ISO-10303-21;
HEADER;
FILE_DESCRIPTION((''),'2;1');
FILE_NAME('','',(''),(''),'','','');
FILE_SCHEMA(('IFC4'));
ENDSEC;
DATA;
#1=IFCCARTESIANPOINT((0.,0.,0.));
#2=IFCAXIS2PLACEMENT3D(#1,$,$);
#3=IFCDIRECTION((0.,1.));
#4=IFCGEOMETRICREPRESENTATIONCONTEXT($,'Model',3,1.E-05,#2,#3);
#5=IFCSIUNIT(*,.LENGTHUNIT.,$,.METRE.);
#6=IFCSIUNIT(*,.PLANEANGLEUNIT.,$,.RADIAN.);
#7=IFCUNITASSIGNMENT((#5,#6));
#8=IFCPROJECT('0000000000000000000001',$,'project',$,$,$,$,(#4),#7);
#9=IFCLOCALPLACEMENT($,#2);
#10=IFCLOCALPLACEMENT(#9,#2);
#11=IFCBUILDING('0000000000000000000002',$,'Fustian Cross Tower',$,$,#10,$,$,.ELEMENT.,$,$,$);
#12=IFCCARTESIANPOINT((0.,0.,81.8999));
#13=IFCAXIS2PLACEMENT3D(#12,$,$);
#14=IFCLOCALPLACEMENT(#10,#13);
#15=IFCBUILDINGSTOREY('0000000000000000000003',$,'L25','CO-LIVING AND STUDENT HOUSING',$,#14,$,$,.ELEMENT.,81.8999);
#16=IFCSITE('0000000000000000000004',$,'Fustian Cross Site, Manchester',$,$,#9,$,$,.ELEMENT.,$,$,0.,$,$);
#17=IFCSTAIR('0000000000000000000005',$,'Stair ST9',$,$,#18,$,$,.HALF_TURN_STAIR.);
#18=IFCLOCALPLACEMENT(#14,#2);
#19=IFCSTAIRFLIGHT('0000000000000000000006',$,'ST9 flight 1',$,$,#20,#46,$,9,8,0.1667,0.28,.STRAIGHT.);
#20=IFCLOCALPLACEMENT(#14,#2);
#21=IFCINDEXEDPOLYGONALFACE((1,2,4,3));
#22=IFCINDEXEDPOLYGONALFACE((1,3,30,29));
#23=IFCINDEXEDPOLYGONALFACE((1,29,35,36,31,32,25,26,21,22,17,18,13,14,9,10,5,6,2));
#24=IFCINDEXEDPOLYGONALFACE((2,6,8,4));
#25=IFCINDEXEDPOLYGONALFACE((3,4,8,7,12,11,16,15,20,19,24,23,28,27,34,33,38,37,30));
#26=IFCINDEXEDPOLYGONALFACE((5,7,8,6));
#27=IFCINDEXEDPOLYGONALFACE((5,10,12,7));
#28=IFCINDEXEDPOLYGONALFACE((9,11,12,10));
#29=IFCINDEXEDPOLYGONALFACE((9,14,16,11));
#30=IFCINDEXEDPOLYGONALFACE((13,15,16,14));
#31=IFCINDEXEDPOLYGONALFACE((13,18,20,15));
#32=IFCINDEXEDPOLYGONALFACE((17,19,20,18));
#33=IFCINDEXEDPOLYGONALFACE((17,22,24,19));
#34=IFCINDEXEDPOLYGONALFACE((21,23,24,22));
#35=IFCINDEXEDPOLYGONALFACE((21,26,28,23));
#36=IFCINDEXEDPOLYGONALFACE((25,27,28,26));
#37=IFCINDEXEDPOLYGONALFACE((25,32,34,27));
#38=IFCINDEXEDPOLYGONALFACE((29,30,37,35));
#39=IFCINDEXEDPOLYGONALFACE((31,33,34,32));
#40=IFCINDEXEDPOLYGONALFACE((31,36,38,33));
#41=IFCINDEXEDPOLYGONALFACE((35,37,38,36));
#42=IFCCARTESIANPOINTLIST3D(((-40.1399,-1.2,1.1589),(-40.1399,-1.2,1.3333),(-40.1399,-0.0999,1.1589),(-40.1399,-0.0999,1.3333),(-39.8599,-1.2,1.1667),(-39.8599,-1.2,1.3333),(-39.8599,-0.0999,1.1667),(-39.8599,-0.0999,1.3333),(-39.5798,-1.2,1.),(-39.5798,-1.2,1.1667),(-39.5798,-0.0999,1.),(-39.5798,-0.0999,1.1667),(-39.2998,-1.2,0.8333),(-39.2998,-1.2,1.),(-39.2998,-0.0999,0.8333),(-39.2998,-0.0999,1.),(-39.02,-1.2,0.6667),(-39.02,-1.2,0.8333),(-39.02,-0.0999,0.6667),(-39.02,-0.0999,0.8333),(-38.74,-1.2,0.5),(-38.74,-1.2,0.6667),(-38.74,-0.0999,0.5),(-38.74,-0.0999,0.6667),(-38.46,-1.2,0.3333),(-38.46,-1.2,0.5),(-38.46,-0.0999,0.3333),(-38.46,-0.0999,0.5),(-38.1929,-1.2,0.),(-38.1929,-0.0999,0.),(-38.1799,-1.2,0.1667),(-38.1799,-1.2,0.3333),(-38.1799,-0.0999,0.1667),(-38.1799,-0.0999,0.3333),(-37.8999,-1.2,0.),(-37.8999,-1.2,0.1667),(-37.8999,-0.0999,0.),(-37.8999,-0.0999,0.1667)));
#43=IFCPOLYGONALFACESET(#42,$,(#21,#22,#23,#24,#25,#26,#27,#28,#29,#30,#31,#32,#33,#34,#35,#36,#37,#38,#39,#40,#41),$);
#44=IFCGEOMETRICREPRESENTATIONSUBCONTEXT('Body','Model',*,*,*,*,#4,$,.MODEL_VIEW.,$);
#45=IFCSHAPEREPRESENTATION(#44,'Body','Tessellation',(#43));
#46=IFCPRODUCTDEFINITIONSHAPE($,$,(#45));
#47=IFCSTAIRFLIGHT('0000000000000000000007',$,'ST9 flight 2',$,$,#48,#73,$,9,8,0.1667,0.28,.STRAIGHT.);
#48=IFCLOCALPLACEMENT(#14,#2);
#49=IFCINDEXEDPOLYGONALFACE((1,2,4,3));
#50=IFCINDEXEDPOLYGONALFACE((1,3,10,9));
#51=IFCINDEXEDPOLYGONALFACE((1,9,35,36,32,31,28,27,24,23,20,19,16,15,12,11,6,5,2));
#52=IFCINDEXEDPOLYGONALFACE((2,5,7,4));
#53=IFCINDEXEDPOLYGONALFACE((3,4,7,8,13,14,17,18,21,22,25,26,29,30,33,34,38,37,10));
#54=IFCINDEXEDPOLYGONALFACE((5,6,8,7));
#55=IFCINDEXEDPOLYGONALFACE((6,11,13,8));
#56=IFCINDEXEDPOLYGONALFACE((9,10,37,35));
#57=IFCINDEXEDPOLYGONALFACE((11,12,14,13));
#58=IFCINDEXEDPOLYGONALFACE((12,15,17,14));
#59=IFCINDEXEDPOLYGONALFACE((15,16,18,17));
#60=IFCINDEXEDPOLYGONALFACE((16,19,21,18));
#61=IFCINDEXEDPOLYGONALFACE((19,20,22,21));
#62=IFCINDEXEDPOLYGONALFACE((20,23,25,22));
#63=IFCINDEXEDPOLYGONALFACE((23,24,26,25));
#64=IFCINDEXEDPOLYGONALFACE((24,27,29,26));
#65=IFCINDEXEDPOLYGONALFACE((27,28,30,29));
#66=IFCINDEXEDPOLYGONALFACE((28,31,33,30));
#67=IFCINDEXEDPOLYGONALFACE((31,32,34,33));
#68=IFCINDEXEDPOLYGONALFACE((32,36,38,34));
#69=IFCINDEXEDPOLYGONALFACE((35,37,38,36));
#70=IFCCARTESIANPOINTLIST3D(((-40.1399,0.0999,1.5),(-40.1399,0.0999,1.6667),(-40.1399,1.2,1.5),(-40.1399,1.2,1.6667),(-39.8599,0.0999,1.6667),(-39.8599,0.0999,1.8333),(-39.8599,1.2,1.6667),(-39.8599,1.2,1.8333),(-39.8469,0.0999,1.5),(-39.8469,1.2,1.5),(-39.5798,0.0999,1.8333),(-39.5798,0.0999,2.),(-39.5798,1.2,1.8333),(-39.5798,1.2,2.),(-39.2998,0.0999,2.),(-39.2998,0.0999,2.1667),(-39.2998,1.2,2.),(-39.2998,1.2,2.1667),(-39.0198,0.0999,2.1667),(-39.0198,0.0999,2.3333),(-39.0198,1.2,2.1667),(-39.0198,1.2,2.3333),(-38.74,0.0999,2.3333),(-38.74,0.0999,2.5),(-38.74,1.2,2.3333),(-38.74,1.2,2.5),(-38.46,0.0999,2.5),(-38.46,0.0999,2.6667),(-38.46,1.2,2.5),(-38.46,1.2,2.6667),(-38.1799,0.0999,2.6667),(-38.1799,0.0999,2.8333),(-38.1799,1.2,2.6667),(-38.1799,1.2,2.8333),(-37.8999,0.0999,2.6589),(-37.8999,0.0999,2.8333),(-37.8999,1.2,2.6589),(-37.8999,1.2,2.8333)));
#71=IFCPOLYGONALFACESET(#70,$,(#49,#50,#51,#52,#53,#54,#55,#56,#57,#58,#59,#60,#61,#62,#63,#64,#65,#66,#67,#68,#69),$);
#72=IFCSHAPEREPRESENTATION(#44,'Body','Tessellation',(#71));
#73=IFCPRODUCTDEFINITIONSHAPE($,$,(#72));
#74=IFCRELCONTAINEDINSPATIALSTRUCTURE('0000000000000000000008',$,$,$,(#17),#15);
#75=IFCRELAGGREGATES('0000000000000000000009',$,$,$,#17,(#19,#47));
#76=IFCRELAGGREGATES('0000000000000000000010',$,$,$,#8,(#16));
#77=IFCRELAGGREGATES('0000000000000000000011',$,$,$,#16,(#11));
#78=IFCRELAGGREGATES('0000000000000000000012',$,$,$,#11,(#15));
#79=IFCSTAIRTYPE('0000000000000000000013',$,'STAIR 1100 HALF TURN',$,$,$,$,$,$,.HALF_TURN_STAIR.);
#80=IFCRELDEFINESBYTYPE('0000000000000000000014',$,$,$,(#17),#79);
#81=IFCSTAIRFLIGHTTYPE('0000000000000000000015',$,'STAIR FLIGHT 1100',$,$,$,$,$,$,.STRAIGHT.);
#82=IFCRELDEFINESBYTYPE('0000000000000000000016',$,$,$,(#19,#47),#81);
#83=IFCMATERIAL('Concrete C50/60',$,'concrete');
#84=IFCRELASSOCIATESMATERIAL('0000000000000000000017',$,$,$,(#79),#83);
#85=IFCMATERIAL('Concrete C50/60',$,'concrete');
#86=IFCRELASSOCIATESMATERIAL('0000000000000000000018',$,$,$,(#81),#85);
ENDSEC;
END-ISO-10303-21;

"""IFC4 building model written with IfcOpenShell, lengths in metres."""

from ifc_helpers import new_model, si_unit, direction, frame, origin, place, context, subcontext, project, spatial, polyline, outline, extrude, material, type_object, element, aggregate, save


model = new_model("IFC4")

# Units and contexts
model_context = context("Model", 3, precision=1e-05, world=origin(), true_north=direction((0.0, 1.0)))
body_context = subcontext(model_context, "Body", "Model", "MODEL_VIEW")
ifc_project = project(units=[si_unit("LENGTHUNIT", "METRE"), si_unit("PLANEANGLEUNIT", "RADIAN")], contexts=[model_context])

# Site, building, storey
site_placement = place(None, origin())
site = spatial("IfcSite", under=ifc_project, at=site_placement, Name="Fustian Cross Site, Manchester", CompositionType="ELEMENT", RefElevation=0.0)
building_placement = place(site_placement, origin())
building = spatial("IfcBuilding", under=site, at=building_placement, Name="Fustian Cross Tower", CompositionType="ELEMENT")
storey_placement = place(building_placement, frame((0.0, 0.0, 81.8999)))
storey = spatial("IfcBuildingStorey", under=building, at=storey_placement, Name="L25", Description="CO-LIVING AND STUDENT HOUSING", CompositionType="ELEMENT", Elevation=81.8999)

# Stair, stair flights
ifc_material_1 = material(Name="Concrete C50/60", Category="concrete")
stair_type = type_object("IfcStairType", Name="STAIR 1100 HALF TURN", PredefinedType="HALF_TURN_STAIR", material=ifc_material_1)
stair_placement = place(storey_placement, origin())
stair = element("IfcStair", 1, at=stair_placement, inside=storey, type_object=stair_type, Name="Stair ST9", PredefinedType="HALF_TURN_STAIR")
ifc_material_2 = material(Name="Concrete C50/60", Category="concrete")
stair_flight_type = type_object("IfcStairFlightType", Name="STAIR FLIGHT 1100", PredefinedType="STRAIGHT", material=ifc_material_2)
stair_flight_1_placement = place(storey_placement, frame((-37.8999, -0.6499, 0.0), z_axis=(0.0, 0.0, 1.0), x_axis=(-1.0, 0.0, 0.0)))
stair_flight_1 = element("IfcStairFlight", 2, at=stair_flight_1_placement, type_object=stair_flight_type, Name="ST9 flight 1", NumberOfRisers=9, NumberOfTreads=8, PredefinedType="STRAIGHT", RiserHeight=0.1667, TreadLength=0.28, context=body_context, shape_type="SweptSolid", body=[
    extrude(outline(polyline([(0.0, 0.0), (0.0, 0.1667), (0.28, 0.1667), (0.28, 0.3333), (0.5601, 0.3333), (0.5601, 0.5), (0.8401, 0.5), (0.8401, 0.6667), (1.1201, 0.6667), (1.1201, 0.8333), (1.3999, 0.8333), (1.3999, 1.0), (1.6799, 1.0), (1.6799, 1.1667), (1.96, 1.1667), (1.96, 1.3333), (2.24, 1.3333), (2.24, 1.5), (2.24, 1.1589), (0.293, 0.0), (0.0, 0.0)])), frame((0.0, 0.55, 0.0), z_axis=(0.0, -1.0, 0.0), x_axis=(1.0, 0.0, 0.0)), (0.0, 0.0, 1.0), 1.1001),
])
stair_flight_2_placement = place(storey_placement, frame((-40.1399, 0.6499, 1.5), z_axis=(0.0, 0.0, 1.0), x_axis=(1.0, 0.0, 0.0)))
stair_flight_2 = element("IfcStairFlight", 3, at=stair_flight_2_placement, type_object=stair_flight_type, Name="ST9 flight 2", NumberOfRisers=9, NumberOfTreads=8, PredefinedType="STRAIGHT", RiserHeight=0.1667, TreadLength=0.28, context=body_context, shape_type="SweptSolid", body=[
    extrude(outline(polyline([(0.0, 0.0), (0.0, 0.1667), (0.28, 0.1667), (0.28, 0.3333), (0.5601, 0.3333), (0.5601, 0.5), (0.8401, 0.5), (0.8401, 0.6667), (1.1201, 0.6667), (1.1201, 0.8333), (1.3999, 0.8333), (1.3999, 1.0), (1.6799, 1.0), (1.6799, 1.1667), (1.96, 1.1667), (1.96, 1.3333), (2.24, 1.3333), (2.24, 1.5), (2.24, 1.1589), (0.293, 0.0), (0.0, 0.0)])), frame((0.0, 0.55, 0.0), z_axis=(0.0, -1.0, 0.0), x_axis=(1.0, 0.0, 0.0)), (0.0, 0.0, 1.0), 1.1001),
])
aggregate(stair, [stair_flight_1, stair_flight_2])

save(model, "model.ifc")
